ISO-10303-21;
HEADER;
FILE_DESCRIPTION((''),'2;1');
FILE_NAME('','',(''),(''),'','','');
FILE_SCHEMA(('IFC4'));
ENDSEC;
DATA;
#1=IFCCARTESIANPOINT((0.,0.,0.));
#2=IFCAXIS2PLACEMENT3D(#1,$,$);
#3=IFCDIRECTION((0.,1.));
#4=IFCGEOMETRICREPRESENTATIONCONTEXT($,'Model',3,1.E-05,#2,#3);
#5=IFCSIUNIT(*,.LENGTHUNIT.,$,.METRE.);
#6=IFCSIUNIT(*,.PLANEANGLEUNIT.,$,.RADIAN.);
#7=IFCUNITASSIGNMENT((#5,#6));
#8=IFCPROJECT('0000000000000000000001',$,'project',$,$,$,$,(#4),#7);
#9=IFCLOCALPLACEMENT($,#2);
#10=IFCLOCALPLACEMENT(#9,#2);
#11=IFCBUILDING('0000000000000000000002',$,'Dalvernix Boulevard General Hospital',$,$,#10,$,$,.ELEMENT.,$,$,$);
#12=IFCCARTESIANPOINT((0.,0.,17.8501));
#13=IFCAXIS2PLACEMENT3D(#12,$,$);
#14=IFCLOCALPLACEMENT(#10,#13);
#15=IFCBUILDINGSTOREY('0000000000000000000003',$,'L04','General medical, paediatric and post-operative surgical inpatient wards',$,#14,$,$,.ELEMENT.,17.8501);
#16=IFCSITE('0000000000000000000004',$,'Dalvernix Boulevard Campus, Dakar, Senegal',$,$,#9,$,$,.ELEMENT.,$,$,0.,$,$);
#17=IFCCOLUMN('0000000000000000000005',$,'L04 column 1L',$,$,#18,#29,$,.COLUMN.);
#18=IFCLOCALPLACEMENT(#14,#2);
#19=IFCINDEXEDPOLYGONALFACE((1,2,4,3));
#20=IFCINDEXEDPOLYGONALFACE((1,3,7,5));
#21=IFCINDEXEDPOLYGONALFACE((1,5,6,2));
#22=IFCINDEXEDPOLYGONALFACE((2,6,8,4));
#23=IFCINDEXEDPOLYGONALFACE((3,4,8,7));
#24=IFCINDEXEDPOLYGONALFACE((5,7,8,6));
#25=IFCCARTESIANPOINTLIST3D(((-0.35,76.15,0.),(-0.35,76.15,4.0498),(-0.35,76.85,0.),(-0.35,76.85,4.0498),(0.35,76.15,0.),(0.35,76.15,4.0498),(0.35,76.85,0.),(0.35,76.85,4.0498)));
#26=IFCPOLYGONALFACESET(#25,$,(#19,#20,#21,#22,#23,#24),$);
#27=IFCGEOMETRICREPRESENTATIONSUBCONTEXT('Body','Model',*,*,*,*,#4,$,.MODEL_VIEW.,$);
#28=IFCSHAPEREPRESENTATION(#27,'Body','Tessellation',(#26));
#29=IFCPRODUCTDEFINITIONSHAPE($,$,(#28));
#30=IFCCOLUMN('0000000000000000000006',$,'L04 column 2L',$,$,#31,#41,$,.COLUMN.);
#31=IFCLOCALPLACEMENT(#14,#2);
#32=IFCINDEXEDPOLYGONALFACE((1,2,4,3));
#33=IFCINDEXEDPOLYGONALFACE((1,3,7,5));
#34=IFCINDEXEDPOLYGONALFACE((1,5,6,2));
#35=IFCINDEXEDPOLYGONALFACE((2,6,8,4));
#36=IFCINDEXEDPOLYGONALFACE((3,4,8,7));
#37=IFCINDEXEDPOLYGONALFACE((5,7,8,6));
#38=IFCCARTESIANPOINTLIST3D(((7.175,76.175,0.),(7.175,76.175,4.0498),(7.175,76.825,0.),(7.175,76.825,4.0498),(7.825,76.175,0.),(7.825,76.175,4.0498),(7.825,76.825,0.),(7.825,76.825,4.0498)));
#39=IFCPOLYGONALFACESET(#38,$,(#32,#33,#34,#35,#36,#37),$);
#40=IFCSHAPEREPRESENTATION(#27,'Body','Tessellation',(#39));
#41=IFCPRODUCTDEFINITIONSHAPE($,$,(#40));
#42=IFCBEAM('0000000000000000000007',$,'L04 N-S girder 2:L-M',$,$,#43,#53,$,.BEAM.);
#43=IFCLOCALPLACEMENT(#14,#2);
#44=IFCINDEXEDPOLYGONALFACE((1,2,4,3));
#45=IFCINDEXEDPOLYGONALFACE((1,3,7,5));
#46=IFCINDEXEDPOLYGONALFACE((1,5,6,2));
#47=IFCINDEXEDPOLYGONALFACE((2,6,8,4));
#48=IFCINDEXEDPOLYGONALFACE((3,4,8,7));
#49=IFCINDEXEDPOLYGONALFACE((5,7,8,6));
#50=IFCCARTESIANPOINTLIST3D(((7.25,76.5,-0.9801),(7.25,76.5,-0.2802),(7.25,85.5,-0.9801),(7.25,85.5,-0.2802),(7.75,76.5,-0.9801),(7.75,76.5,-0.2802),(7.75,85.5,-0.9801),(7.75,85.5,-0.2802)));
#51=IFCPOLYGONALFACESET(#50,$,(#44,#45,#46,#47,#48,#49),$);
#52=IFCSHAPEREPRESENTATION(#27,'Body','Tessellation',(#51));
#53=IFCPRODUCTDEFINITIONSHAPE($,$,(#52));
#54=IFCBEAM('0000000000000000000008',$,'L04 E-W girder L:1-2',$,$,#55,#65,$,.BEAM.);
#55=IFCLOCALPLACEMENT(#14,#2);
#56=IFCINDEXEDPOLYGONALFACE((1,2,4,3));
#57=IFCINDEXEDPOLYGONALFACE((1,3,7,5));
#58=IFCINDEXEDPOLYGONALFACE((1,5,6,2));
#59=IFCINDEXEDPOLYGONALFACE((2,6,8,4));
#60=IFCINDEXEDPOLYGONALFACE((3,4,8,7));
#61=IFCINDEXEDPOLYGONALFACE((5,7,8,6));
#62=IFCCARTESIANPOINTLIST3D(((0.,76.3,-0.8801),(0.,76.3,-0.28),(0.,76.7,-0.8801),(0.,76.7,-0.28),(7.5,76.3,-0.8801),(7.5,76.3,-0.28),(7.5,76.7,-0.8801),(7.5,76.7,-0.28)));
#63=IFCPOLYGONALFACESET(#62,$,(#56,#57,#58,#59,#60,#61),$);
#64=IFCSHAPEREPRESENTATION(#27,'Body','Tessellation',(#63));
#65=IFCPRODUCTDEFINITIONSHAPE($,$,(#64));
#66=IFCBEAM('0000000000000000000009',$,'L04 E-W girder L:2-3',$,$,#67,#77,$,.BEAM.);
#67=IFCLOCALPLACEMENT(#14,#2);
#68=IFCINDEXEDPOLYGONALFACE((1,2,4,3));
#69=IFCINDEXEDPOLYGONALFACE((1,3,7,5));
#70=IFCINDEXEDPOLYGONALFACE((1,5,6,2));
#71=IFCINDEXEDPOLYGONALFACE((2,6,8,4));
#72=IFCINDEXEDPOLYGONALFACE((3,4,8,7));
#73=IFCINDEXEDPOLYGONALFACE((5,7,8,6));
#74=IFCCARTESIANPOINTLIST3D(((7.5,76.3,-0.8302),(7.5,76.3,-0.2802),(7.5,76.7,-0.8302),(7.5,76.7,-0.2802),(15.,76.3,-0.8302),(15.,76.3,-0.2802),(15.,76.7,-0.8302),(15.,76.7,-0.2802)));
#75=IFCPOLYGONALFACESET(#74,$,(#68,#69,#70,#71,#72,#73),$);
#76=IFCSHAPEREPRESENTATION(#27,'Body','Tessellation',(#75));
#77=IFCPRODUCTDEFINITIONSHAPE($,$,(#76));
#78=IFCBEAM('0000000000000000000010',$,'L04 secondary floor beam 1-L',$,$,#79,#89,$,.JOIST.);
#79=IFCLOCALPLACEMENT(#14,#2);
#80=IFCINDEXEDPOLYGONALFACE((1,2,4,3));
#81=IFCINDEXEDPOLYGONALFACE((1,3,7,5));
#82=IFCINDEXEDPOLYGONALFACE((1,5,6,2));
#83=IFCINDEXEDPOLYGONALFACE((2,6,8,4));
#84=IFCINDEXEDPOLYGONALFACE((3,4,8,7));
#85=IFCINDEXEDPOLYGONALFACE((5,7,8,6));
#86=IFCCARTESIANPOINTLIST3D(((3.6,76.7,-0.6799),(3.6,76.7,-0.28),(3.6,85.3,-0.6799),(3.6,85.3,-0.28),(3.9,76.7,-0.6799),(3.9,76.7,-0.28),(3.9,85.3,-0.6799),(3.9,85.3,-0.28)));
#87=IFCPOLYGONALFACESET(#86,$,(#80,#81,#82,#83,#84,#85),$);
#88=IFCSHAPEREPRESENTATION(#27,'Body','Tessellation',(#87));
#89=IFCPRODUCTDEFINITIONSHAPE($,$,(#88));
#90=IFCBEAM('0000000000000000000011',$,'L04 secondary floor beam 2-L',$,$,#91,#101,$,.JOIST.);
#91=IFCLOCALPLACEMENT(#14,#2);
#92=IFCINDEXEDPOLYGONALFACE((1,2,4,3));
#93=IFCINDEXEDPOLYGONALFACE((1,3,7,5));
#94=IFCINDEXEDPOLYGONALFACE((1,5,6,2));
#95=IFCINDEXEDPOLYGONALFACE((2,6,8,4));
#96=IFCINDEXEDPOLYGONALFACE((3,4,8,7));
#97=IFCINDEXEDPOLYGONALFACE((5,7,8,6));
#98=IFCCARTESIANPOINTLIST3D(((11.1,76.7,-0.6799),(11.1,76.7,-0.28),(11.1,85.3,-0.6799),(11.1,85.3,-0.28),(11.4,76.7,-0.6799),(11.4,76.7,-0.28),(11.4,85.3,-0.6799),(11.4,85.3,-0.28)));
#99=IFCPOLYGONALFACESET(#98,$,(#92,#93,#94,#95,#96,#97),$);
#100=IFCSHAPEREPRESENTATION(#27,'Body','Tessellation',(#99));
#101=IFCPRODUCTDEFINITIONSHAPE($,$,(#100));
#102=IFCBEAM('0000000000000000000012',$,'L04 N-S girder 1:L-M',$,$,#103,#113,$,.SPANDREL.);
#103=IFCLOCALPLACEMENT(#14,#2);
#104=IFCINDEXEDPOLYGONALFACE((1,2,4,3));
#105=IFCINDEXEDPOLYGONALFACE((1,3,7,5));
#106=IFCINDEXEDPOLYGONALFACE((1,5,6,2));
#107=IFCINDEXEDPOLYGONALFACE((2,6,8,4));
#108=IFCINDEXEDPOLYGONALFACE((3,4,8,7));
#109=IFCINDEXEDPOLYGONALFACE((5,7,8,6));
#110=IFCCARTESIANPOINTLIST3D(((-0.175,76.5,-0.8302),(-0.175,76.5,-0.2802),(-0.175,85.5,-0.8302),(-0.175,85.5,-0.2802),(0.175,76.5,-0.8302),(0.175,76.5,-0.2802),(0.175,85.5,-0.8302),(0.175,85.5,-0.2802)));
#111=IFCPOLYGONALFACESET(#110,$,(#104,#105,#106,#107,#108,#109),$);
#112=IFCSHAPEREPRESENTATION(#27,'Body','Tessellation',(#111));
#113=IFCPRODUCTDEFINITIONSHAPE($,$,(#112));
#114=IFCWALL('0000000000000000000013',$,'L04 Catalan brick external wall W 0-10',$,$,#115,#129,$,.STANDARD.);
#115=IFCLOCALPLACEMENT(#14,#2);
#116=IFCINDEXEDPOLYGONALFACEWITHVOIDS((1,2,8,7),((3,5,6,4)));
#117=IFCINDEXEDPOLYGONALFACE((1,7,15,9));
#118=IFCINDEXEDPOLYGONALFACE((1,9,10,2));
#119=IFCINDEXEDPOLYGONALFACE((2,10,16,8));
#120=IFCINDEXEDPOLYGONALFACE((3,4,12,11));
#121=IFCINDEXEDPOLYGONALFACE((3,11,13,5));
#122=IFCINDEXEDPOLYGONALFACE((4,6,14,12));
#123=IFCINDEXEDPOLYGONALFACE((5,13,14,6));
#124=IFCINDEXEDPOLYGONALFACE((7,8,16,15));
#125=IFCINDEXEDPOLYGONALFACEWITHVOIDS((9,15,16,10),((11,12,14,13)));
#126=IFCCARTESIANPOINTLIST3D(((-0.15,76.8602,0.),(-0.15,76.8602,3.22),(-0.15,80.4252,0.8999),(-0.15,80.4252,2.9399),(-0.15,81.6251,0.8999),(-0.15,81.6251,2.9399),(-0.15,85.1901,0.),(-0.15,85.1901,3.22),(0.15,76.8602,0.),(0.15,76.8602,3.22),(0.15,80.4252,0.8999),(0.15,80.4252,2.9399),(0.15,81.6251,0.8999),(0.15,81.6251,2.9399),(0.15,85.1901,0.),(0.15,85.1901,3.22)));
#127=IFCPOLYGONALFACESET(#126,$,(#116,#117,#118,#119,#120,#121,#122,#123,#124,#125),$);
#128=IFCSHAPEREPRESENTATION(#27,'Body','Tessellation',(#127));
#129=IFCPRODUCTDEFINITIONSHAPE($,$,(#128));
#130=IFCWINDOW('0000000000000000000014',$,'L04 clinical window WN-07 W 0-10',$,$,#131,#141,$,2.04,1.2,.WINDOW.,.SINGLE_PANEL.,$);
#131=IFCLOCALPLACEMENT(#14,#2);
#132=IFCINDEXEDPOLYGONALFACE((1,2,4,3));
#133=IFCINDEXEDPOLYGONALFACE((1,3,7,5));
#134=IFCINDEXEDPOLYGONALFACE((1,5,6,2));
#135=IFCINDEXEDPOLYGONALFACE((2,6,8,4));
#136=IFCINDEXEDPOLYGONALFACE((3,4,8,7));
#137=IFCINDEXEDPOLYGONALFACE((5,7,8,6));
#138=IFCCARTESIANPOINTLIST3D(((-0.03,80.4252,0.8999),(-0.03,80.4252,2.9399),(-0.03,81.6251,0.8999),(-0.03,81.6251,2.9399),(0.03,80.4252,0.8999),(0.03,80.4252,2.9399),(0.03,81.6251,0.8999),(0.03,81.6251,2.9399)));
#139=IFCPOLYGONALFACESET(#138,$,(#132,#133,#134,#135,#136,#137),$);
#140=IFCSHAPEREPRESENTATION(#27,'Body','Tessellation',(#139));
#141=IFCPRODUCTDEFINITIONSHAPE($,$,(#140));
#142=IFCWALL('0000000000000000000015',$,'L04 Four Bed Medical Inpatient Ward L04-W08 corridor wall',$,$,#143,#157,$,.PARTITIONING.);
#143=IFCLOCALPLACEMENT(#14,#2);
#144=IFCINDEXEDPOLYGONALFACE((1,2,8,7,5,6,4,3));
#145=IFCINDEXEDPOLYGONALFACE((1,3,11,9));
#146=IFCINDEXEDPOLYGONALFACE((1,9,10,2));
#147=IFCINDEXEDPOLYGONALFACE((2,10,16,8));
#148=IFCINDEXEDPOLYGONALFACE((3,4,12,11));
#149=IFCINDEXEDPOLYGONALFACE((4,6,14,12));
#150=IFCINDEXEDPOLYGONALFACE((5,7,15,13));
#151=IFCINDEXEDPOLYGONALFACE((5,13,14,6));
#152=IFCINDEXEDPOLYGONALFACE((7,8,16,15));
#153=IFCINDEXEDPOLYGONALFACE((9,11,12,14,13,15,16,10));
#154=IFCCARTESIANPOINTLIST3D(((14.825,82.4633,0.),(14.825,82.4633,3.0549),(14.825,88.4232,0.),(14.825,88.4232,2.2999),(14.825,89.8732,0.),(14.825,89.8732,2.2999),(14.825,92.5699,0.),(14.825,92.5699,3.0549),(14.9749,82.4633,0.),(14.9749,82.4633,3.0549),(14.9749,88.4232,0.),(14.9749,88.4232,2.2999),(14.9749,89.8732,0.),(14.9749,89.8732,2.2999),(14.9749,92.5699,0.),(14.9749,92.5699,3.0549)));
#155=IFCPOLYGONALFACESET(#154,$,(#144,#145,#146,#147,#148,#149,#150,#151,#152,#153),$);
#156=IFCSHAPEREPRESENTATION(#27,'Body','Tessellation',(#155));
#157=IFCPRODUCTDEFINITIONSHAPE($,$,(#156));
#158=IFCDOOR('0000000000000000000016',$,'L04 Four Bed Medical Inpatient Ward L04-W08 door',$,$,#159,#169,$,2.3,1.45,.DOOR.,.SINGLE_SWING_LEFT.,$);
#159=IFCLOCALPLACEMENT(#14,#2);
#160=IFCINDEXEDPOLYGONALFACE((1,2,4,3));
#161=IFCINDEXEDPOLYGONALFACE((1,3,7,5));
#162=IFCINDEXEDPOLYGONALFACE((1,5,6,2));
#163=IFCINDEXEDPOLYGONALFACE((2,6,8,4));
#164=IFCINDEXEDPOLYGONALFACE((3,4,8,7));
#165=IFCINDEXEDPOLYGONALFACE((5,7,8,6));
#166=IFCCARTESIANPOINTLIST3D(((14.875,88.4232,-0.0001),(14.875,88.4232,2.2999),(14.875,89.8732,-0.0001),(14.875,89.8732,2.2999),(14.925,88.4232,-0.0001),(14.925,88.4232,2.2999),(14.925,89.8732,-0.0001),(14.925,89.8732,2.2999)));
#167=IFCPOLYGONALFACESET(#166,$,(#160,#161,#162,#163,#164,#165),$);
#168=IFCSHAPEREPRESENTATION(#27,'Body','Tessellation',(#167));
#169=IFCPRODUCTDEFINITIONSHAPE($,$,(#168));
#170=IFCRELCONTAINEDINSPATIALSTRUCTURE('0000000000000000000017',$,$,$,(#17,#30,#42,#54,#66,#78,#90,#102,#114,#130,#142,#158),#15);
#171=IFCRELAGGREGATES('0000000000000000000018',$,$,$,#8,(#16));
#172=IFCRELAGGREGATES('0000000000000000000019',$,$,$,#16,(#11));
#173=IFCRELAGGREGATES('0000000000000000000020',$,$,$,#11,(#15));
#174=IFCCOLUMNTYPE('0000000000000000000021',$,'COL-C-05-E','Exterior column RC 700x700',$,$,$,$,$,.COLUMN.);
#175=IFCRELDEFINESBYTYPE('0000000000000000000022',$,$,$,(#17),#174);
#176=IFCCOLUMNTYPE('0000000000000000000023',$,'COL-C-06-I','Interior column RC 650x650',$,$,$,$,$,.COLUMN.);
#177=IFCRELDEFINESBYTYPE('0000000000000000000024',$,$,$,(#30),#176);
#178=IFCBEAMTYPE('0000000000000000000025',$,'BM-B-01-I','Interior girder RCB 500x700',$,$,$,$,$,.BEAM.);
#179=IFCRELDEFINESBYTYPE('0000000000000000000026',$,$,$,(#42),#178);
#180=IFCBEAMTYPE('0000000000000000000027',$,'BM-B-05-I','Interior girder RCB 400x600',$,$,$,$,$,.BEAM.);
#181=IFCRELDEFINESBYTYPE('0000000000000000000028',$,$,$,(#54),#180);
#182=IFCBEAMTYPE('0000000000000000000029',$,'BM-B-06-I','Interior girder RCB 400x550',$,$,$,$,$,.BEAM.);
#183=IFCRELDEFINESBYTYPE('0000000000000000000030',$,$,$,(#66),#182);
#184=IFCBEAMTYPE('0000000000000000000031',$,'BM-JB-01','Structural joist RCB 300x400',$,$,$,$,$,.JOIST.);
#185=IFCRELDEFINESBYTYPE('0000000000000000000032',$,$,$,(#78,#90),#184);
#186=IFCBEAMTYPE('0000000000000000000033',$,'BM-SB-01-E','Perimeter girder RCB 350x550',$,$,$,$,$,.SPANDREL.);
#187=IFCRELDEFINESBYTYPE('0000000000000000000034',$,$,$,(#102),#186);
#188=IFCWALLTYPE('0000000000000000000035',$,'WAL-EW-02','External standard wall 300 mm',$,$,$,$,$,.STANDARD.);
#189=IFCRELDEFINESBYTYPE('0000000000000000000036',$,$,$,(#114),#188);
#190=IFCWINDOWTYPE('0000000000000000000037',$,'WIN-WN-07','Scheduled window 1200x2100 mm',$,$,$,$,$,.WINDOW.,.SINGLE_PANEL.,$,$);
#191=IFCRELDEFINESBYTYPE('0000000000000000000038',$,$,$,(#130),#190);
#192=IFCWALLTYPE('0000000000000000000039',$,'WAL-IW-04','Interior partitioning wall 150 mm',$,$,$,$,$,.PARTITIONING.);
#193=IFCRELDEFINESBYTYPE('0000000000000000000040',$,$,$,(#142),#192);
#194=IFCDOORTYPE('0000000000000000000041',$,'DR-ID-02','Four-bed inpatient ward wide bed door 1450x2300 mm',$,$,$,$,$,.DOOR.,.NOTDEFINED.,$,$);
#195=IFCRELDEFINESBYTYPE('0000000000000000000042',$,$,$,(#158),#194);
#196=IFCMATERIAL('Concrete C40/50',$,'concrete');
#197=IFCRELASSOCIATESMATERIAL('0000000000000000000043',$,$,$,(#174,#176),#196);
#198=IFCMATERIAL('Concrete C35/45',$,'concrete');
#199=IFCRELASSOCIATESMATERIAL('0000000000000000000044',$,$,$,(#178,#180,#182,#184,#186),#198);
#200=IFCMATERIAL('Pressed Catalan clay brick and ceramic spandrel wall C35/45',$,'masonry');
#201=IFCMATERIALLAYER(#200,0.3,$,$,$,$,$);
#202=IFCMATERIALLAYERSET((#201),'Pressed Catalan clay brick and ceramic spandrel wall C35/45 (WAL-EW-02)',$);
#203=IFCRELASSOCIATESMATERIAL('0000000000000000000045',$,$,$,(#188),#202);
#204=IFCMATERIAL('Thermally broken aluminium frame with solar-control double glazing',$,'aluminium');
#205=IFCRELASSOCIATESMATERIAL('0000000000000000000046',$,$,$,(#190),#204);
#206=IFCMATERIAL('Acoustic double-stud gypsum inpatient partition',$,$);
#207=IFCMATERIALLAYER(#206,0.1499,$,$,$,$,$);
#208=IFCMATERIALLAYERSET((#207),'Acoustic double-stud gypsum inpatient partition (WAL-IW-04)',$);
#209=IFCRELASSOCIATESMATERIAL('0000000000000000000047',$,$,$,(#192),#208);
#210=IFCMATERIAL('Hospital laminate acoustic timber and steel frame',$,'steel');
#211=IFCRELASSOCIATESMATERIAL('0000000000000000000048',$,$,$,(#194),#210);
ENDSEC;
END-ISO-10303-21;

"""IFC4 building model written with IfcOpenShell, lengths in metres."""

from ifc_helpers import new_model, si_unit, direction, frame, frame_2d, origin, origin_2d, place, context, subcontext, project, spatial, rectangle, extrude, material, layer, layer_set, material_profile, profile_set, type_object, element, fill, save


model = new_model("IFC4")

# Units and contexts
model_context = context("Model", 3, precision=1e-05, world=origin(), true_north=direction((0.0, 1.0)))
body_context = subcontext(model_context, "Body", "Model", "MODEL_VIEW")
ifc_project = project(units=[si_unit("LENGTHUNIT", "METRE"), si_unit("PLANEANGLEUNIT", "RADIAN")], contexts=[model_context])

# Site, building, storey
site_placement = place(None, origin())
site = spatial("IfcSite", under=ifc_project, at=site_placement, Name="Dalvernix Boulevard Campus, Dakar, Senegal", CompositionType="ELEMENT", RefElevation=0.0)
building_placement = place(site_placement, origin())
building = spatial("IfcBuilding", under=site, at=building_placement, Name="Dalvernix Boulevard General Hospital", CompositionType="ELEMENT")
storey_placement = place(building_placement, frame((0.0, 0.0, 17.8501)))
storey = spatial("IfcBuildingStorey", under=building, at=storey_placement, Name="L04", Description="General medical, paediatric and post-operative surgical inpatient wards", CompositionType="ELEMENT", Elevation=17.8501)

# Columns
ifc_material_1 = material(Name="Concrete C40/50", Category="concrete")
ifc_material_profile_1 = material_profile(ifc_material_1, rectangle(XDim=0.7, YDim=0.7, at=origin_2d()), Name="RC 700x700")
ifc_profile_set_1 = profile_set([ifc_material_profile_1], Name="Concrete C40/50")
column_type_1 = type_object("IfcColumnType", Name="COL-C-05-E", Description="Exterior column RC 700x700", PredefinedType="COLUMN", material=ifc_profile_set_1)
column_1_placement = place(storey_placement, frame((0.0, 76.5, 0.0), z_axis=(0.0, 0.0, 1.0), x_axis=(1.0, 0.0, 0.0)))
element("IfcColumn", 1, at=column_1_placement, inside=storey, type_object=column_type_1, Name="L04 column 1L", PredefinedType="COLUMN", context=body_context, shape_type="SweptSolid", body=[
    extrude(rectangle(XDim=0.7, YDim=0.7, at=origin_2d()), origin(), (0.0, 0.0, 1.0), 4.0498),
])
ifc_material_profile_2 = material_profile(ifc_material_1, rectangle(XDim=0.6499, YDim=0.6499, at=origin_2d()), Name="RC 650x650")
ifc_profile_set_2 = profile_set([ifc_material_profile_2], Name="Concrete C40/50")
column_type_2 = type_object("IfcColumnType", Name="COL-C-06-I", Description="Interior column RC 650x650", PredefinedType="COLUMN", material=ifc_profile_set_2)
column_2_placement = place(storey_placement, frame((7.5, 76.5, 0.0), z_axis=(0.0, 0.0, 1.0), x_axis=(1.0, 0.0, 0.0)))
element("IfcColumn", 2, at=column_2_placement, inside=storey, type_object=column_type_2, Name="L04 column 2L", PredefinedType="COLUMN", context=body_context, shape_type="SweptSolid", body=[
    extrude(rectangle(XDim=0.6499, YDim=0.6499, at=origin_2d()), origin(), (0.0, 0.0, 1.0), 4.0498),
])

# Beams
ifc_material_2 = material(Name="Concrete C35/45", Category="concrete")
ifc_material_profile_3 = material_profile(ifc_material_2, rectangle(XDim=0.5, YDim=0.7, at=origin_2d()), Name="RCB 500x700")
ifc_profile_set_3 = profile_set([ifc_material_profile_3], Name="Concrete C35/45")
beam_type_1 = type_object("IfcBeamType", Name="BM-B-01-I", Description="Interior girder RCB 500x700", PredefinedType="BEAM", material=ifc_profile_set_3)
beam_1_placement = place(storey_placement, frame((7.5, 76.5, -0.6301), z_axis=(0.0, 1.0, 0.0), x_axis=(-1.0, 0.0, 0.0)))
element("IfcBeam", 3, at=beam_1_placement, inside=storey, type_object=beam_type_1, Name="L04 N-S girder 2:L-M", PredefinedType="BEAM", context=body_context, shape_type="SweptSolid", body=[
    extrude(rectangle(XDim=0.5, YDim=0.7, at=origin_2d()), origin(), (0.0, 0.0, 1.0), 9.0),
])
ifc_material_profile_4 = material_profile(ifc_material_2, rectangle(XDim=0.3999, YDim=0.6001, at=origin_2d()), Name="RCB 400x600")
ifc_profile_set_4 = profile_set([ifc_material_profile_4], Name="Concrete C35/45")
beam_type_2 = type_object("IfcBeamType", Name="BM-B-05-I", Description="Interior girder RCB 400x600", PredefinedType="BEAM", material=ifc_profile_set_4)
beam_2_placement = place(storey_placement, frame((0.0, 76.5, -0.5801), z_axis=(1.0, 0.0, 0.0), x_axis=(0.0, 1.0, 0.0)))
element("IfcBeam", 4, at=beam_2_placement, inside=storey, type_object=beam_type_2, Name="L04 E-W girder L:1-2", PredefinedType="BEAM", context=body_context, shape_type="SweptSolid", body=[
    extrude(rectangle(XDim=0.3999, YDim=0.6001, at=origin_2d()), origin(), (0.0, 0.0, 1.0), 7.5),
])
ifc_material_profile_5 = material_profile(ifc_material_2, rectangle(XDim=0.3999, YDim=0.55, at=origin_2d()), Name="RCB 400x550")
ifc_profile_set_5 = profile_set([ifc_material_profile_5], Name="Concrete C35/45")
beam_type_3 = type_object("IfcBeamType", Name="BM-B-06-I", Description="Interior girder RCB 400x550", PredefinedType="BEAM", material=ifc_profile_set_5)
beam_3_placement = place(storey_placement, frame((7.5, 76.5, -0.5552), z_axis=(1.0, 0.0, 0.0), x_axis=(0.0, 1.0, 0.0)))
element("IfcBeam", 5, at=beam_3_placement, inside=storey, type_object=beam_type_3, Name="L04 E-W girder L:2-3", PredefinedType="BEAM", context=body_context, shape_type="SweptSolid", body=[
    extrude(rectangle(XDim=0.3999, YDim=0.55, at=origin_2d()), origin(), (0.0, 0.0, 1.0), 7.5),
])
ifc_material_profile_6 = material_profile(ifc_material_2, rectangle(XDim=0.3, YDim=0.3999, at=origin_2d()), Name="RCB 300x400")
ifc_profile_set_6 = profile_set([ifc_material_profile_6], Name="Concrete C35/45")
beam_type_4 = type_object("IfcBeamType", Name="BM-JB-01", Description="Structural joist RCB 300x400", PredefinedType="JOIST", material=ifc_profile_set_6)
for number, where, z_axis, x_axis, name in (
    (6, (3.75, 76.7, -0.48), (0.0, 1.0, 0.0), (-1.0, 0.0, 0.0), "L04 secondary floor beam 1-L"),
    (7, (11.25, 76.7, -0.48), (0.0, 1.0, 0.0), (-1.0, 0.0, 0.0), "L04 secondary floor beam 2-L"),
):
    element("IfcBeam", number, at=place(storey_placement, frame(where, z_axis=z_axis, x_axis=x_axis)), inside=storey, type_object=beam_type_4, Name=name, PredefinedType="JOIST", context=body_context, shape_type="SweptSolid", body=[
        extrude(rectangle(XDim=0.3, YDim=0.3999, at=origin_2d()), origin(), (0.0, 0.0, 1.0), 8.6001),
    ])
ifc_material_profile_7 = material_profile(ifc_material_2, rectangle(XDim=0.3501, YDim=0.55, at=origin_2d()), Name="RCB 350x550")
ifc_profile_set_7 = profile_set([ifc_material_profile_7], Name="Concrete C35/45")
beam_type_5 = type_object("IfcBeamType", Name="BM-SB-01-E", Description="Perimeter girder RCB 350x550", PredefinedType="SPANDREL", material=ifc_profile_set_7)
beam_4_placement = place(storey_placement, frame((0.0, 76.5, -0.5552), z_axis=(0.0, 1.0, 0.0), x_axis=(-1.0, 0.0, 0.0)))
element("IfcBeam", 8, at=beam_4_placement, inside=storey, type_object=beam_type_5, Name="L04 N-S girder 1:L-M", PredefinedType="SPANDREL", context=body_context, shape_type="SweptSolid", body=[
    extrude(rectangle(XDim=0.3501, YDim=0.55, at=origin_2d()), origin(), (0.0, 0.0, 1.0), 9.0),
])

# Wall, opening, window
ifc_material_3 = material(Name="Pressed Catalan clay brick and ceramic spandrel wall C35/45", Category="masonry")
ifc_layer_1 = layer(ifc_material_3, 0.3)
ifc_layer_set_1 = layer_set([ifc_layer_1], Name="Pressed Catalan clay brick and ceramic spandrel wall C35/45 (WAL-EW-02)")
wall_type_1 = type_object("IfcWallType", Name="WAL-EW-02", Description="External standard wall 300 mm", PredefinedType="STANDARD", material=ifc_layer_set_1)
wall_1_placement = place(storey_placement, frame((0.0, 76.8601, 0.0), z_axis=(0.0, 0.0, 1.0), x_axis=(0.0, 1.0, 0.0)))
wall_1 = element("IfcWall", 9, at=wall_1_placement, inside=storey, type_object=wall_type_1, Name="L04 Catalan brick external wall W 0-10", PredefinedType="STANDARD", context=body_context, shape_type="SweptSolid", body=[
    extrude(rectangle(XDim=8.3298, YDim=0.3, at=frame_2d((4.165, 0.0))), origin(), (0.0, 0.0, 1.0), 3.22),
])
opening_1_placement = place(wall_1_placement, frame((3.5649, 0.0, 0.8999)))
opening_1 = element("IfcOpeningElement", 10, at=opening_1_placement, cuts=wall_1, PredefinedType="OPENING", context=body_context, shape_type="SweptSolid", body=[
    extrude(rectangle(XDim=1.2, YDim=2.04, at=frame_2d((0.6001, 1.02))), frame((0.0, 0.1599, 0.0), z_axis=(0.0, -1.0, 0.0), x_axis=(1.0, 0.0, 0.0)), (0.0, 0.0, 1.0), 0.3201),
])
ifc_material_4 = material(Name="Thermally broken aluminium frame with solar-control double glazing", Category="aluminium")
window_type = type_object("IfcWindowType", Name="WIN-WN-07", Description="Scheduled window 1200x2100 mm", PartitioningType="SINGLE_PANEL", PredefinedType="WINDOW", material=ifc_material_4)
window_placement = place(opening_1_placement, origin())
window = element("IfcWindow", 11, at=window_placement, inside=storey, type_object=window_type, Name="L04 clinical window WN-07 W 0-10", OverallHeight=2.04, OverallWidth=1.2, PartitioningType="SINGLE_PANEL", PredefinedType="WINDOW", context=body_context, shape_type="SweptSolid", body=[
    extrude(rectangle(XDim=1.2, YDim=2.04, at=frame_2d((0.6001, 1.02))), frame((0.0, 0.03, 0.0), z_axis=(0.0, -1.0, 0.0), x_axis=(1.0, 0.0, 0.0)), (0.0, 0.0, 1.0), 0.0601),
])
fill(opening_1, window)

# Wall, opening, door
ifc_material_5 = material(Name="Acoustic double-stud gypsum inpatient partition")
ifc_layer_2 = layer(ifc_material_5, 0.1499)
ifc_layer_set_2 = layer_set([ifc_layer_2], Name="Acoustic double-stud gypsum inpatient partition (WAL-IW-04)")
wall_type_2 = type_object("IfcWallType", Name="WAL-IW-04", Description="Interior partitioning wall 150 mm", PredefinedType="PARTITIONING", material=ifc_layer_set_2)
wall_2_placement = place(storey_placement, frame((14.8999, 82.4634, 0.0), z_axis=(0.0, 0.0, 1.0), x_axis=(0.0, 1.0, 0.0)))
wall_2 = element("IfcWall", 12, at=wall_2_placement, inside=storey, type_object=wall_type_2, Name="L04 Four Bed Medical Inpatient Ward L04-W08 corridor wall", PredefinedType="PARTITIONING", context=body_context, shape_type="SweptSolid", body=[
    extrude(rectangle(XDim=10.1067, YDim=0.1499, at=frame_2d((5.0532, 0.0))), origin(), (0.0, 0.0, 1.0), 3.0549),
])
opening_2_placement = place(wall_2_placement, frame((5.9597, 0.0, 0.0)))
opening_2 = element("IfcOpeningElement", 13, at=opening_2_placement, cuts=wall_2, PredefinedType="OPENING", context=body_context, shape_type="SweptSolid", body=[
    extrude(rectangle(XDim=1.45, YDim=2.3, at=frame_2d((0.7251, 1.1499))), frame((0.0, 0.085, 0.0), z_axis=(0.0, -1.0, 0.0), x_axis=(1.0, 0.0, 0.0)), (0.0, 0.0, 1.0), 0.1699),
])
ifc_material_6 = material(Name="Hospital laminate acoustic timber and steel frame", Category="steel")
door_type = type_object("IfcDoorType", Name="DR-ID-02", Description="Four-bed inpatient ward wide bed door 1450x2300 mm", OperationType="NOTDEFINED", PredefinedType="DOOR", material=ifc_material_6)
door_placement = place(opening_2_placement, origin())
door = element("IfcDoor", 14, at=door_placement, inside=storey, type_object=door_type, Name="L04 Four Bed Medical Inpatient Ward L04-W08 door", OperationType="SINGLE_SWING_LEFT", OverallHeight=2.3, OverallWidth=1.45, PredefinedType="DOOR", context=body_context, shape_type="SweptSolid", body=[
    extrude(rectangle(XDim=1.45, YDim=2.3, at=frame_2d((0.7251, 1.1499))), frame((0.0, 0.0249, 0.0), z_axis=(0.0, -1.0, 0.0), x_axis=(1.0, 0.0, 0.0)), (0.0, 0.0, 1.0), 0.05),
])
fill(opening_2, door)

save(model, "model.ifc")
